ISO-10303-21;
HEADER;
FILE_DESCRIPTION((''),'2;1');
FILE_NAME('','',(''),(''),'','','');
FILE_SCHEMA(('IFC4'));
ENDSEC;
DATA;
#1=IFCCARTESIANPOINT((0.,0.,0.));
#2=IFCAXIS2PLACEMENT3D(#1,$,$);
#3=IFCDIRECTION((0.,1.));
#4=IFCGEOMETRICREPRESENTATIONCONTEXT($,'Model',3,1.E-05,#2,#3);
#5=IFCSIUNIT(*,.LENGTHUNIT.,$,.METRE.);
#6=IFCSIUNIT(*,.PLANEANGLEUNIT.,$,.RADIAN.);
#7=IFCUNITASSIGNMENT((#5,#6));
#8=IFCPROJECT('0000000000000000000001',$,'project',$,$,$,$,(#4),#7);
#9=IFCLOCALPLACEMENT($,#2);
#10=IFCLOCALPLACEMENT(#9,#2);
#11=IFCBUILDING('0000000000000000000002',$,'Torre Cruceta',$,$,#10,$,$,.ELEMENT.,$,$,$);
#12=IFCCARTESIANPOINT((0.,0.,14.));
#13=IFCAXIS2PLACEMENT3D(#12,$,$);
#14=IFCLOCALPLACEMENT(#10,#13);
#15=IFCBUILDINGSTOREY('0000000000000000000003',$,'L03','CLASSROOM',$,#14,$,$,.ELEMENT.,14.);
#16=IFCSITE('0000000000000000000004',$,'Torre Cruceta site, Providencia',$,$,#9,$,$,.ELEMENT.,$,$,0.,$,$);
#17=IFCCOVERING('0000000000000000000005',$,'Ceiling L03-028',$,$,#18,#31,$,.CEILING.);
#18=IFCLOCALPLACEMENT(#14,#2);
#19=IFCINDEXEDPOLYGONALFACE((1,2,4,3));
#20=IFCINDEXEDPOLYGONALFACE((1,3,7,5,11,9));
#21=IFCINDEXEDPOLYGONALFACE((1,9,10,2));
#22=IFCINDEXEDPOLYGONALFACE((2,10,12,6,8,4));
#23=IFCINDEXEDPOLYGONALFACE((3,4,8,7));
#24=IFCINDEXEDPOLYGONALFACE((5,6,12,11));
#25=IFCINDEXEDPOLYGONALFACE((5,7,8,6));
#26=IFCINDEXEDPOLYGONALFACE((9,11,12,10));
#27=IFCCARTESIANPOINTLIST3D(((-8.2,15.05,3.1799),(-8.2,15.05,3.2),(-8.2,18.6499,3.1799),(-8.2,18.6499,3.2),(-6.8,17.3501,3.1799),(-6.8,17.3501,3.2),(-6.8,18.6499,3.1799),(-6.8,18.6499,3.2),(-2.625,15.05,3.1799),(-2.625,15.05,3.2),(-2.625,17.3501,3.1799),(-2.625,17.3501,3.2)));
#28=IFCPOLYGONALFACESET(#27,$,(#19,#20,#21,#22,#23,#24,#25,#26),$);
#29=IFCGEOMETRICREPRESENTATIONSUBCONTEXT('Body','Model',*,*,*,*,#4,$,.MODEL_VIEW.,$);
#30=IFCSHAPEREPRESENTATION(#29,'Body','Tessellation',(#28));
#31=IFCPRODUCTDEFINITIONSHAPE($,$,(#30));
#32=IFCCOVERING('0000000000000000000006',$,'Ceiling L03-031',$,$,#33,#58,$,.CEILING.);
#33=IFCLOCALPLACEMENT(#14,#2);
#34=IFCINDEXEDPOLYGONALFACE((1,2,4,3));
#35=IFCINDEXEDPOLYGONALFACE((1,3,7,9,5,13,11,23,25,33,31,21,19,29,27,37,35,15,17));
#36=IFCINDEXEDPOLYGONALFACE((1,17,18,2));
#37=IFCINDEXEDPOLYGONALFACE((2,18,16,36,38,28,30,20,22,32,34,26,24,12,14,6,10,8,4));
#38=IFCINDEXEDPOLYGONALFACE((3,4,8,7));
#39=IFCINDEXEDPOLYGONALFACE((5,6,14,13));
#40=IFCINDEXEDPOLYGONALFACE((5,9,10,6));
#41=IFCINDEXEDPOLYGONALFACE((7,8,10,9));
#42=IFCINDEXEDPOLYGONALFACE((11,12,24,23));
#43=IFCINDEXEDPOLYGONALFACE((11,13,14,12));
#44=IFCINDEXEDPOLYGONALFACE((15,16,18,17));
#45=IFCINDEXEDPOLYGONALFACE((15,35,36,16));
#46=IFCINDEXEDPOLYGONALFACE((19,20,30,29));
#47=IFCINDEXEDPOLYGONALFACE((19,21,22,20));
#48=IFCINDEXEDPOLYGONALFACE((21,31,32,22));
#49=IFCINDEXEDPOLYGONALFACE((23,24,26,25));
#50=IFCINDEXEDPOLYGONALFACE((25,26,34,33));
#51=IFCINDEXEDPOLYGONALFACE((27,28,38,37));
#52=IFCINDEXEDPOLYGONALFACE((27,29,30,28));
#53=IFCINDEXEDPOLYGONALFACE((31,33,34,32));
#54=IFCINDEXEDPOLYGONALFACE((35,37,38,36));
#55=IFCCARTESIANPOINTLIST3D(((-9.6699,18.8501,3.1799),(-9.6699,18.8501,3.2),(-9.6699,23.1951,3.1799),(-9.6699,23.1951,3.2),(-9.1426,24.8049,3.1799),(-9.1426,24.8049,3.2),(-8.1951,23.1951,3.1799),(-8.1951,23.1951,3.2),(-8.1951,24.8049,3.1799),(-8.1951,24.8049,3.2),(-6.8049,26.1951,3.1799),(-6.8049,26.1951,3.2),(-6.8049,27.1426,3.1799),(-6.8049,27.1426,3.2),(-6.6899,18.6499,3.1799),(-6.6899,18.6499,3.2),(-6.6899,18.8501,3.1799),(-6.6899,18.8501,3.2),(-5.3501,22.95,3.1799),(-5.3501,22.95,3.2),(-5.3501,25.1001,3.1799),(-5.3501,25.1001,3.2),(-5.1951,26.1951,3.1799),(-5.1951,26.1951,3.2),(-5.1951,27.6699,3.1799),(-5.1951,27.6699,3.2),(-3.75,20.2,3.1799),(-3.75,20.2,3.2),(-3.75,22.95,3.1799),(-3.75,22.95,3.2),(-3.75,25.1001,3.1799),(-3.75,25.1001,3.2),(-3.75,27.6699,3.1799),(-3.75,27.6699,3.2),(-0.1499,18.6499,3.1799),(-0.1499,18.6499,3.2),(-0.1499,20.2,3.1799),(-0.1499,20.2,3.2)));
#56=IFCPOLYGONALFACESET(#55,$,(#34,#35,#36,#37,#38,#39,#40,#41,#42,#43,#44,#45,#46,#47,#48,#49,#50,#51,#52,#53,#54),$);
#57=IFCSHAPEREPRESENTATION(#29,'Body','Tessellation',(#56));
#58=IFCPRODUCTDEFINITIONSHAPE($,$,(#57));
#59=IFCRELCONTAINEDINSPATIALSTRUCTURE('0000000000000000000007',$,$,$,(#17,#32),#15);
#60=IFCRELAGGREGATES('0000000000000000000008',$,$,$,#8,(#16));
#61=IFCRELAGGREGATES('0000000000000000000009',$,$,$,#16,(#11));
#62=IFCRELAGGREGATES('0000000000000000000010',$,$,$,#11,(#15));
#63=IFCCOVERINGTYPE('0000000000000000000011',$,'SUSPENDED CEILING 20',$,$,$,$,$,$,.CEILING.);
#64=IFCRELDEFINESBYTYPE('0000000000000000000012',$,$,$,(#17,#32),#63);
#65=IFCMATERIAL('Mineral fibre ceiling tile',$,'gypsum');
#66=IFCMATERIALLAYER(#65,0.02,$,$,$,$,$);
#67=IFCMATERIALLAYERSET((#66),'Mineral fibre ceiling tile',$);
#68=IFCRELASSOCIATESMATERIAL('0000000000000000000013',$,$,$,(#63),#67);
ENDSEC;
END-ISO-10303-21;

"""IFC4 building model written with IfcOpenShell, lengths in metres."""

from ifc_helpers import new_model, si_unit, direction, frame, origin, place, context, subcontext, project, spatial, polyline, outline, extrude, material, layer, layer_set, type_object, element, save


model = new_model("IFC4")

# Units and contexts
model_context = context("Model", 3, precision=1e-05, world=origin(), true_north=direction((0.0, 1.0)))
body_context = subcontext(model_context, "Body", "Model", "MODEL_VIEW")
ifc_project = project(units=[si_unit("LENGTHUNIT", "METRE"), si_unit("PLANEANGLEUNIT", "RADIAN")], contexts=[model_context])

# Site, building, storey
site_placement = place(None, origin())
site = spatial("IfcSite", under=ifc_project, at=site_placement, Name="Torre Cruceta site, Providencia", CompositionType="ELEMENT", RefElevation=0.0)
building_placement = place(site_placement, origin())
building = spatial("IfcBuilding", under=site, at=building_placement, Name="Torre Cruceta", CompositionType="ELEMENT")
storey_placement = place(building_placement, frame((0.0, 0.0, 14.0)))
storey = spatial("IfcBuildingStorey", under=building, at=storey_placement, Name="L03", Description="CLASSROOM", CompositionType="ELEMENT", Elevation=14.0)

# Coverings
ifc_material_1 = material(Name="Mineral fibre ceiling tile", Category="gypsum")
ifc_layer_1 = layer(ifc_material_1, 0.02)
ifc_layer_set_1 = layer_set([ifc_layer_1], Name="Mineral fibre ceiling tile")
covering_type = type_object("IfcCoveringType", Name="SUSPENDED CEILING 20", PredefinedType="CEILING", material=ifc_layer_set_1)
covering_1_placement = place(storey_placement, frame((0.0, 0.0, 3.1799)))
element("IfcCovering", 1, at=covering_1_placement, inside=storey, type_object=covering_type, Name="Ceiling L03-028", PredefinedType="CEILING", context=body_context, shape_type="SweptSolid", body=[
    extrude(outline(polyline([(-2.625, 15.05), (-8.2, 15.05), (-8.2, 18.6499), (-6.8, 18.6499), (-6.8, 17.3501), (-2.625, 17.3501), (-2.625, 15.05)])), origin(), (0.0, 0.0, 1.0), 0.02),
])
covering_2_placement = place(storey_placement, frame((0.0, 0.0, 3.1799)))
element("IfcCovering", 2, at=covering_2_placement, inside=storey, type_object=covering_type, Name="Ceiling L03-031", PredefinedType="CEILING", context=body_context, shape_type="SweptSolid", body=[
    extrude(outline(polyline([(-9.6699, 23.1951), (-8.1951, 23.1951), (-8.1951, 24.8049), (-9.1426, 24.8049), (-6.8049, 27.1426), (-6.8049, 26.1951), (-5.1951, 26.1951), (-5.1951, 27.6699), (-3.75, 27.6699), (-3.75, 25.1001), (-5.3501, 25.1001), (-5.3501, 22.95), (-3.75, 22.95), (-3.75, 20.2), (-0.1499, 20.2), (-0.1499, 18.6499), (-6.6899, 18.6499), (-6.6899, 18.8501), (-9.6699, 18.8501), (-9.6699, 23.1951)])), origin(), (0.0, 0.0, 1.0), 0.02),
])

save(model, "model.ifc")
